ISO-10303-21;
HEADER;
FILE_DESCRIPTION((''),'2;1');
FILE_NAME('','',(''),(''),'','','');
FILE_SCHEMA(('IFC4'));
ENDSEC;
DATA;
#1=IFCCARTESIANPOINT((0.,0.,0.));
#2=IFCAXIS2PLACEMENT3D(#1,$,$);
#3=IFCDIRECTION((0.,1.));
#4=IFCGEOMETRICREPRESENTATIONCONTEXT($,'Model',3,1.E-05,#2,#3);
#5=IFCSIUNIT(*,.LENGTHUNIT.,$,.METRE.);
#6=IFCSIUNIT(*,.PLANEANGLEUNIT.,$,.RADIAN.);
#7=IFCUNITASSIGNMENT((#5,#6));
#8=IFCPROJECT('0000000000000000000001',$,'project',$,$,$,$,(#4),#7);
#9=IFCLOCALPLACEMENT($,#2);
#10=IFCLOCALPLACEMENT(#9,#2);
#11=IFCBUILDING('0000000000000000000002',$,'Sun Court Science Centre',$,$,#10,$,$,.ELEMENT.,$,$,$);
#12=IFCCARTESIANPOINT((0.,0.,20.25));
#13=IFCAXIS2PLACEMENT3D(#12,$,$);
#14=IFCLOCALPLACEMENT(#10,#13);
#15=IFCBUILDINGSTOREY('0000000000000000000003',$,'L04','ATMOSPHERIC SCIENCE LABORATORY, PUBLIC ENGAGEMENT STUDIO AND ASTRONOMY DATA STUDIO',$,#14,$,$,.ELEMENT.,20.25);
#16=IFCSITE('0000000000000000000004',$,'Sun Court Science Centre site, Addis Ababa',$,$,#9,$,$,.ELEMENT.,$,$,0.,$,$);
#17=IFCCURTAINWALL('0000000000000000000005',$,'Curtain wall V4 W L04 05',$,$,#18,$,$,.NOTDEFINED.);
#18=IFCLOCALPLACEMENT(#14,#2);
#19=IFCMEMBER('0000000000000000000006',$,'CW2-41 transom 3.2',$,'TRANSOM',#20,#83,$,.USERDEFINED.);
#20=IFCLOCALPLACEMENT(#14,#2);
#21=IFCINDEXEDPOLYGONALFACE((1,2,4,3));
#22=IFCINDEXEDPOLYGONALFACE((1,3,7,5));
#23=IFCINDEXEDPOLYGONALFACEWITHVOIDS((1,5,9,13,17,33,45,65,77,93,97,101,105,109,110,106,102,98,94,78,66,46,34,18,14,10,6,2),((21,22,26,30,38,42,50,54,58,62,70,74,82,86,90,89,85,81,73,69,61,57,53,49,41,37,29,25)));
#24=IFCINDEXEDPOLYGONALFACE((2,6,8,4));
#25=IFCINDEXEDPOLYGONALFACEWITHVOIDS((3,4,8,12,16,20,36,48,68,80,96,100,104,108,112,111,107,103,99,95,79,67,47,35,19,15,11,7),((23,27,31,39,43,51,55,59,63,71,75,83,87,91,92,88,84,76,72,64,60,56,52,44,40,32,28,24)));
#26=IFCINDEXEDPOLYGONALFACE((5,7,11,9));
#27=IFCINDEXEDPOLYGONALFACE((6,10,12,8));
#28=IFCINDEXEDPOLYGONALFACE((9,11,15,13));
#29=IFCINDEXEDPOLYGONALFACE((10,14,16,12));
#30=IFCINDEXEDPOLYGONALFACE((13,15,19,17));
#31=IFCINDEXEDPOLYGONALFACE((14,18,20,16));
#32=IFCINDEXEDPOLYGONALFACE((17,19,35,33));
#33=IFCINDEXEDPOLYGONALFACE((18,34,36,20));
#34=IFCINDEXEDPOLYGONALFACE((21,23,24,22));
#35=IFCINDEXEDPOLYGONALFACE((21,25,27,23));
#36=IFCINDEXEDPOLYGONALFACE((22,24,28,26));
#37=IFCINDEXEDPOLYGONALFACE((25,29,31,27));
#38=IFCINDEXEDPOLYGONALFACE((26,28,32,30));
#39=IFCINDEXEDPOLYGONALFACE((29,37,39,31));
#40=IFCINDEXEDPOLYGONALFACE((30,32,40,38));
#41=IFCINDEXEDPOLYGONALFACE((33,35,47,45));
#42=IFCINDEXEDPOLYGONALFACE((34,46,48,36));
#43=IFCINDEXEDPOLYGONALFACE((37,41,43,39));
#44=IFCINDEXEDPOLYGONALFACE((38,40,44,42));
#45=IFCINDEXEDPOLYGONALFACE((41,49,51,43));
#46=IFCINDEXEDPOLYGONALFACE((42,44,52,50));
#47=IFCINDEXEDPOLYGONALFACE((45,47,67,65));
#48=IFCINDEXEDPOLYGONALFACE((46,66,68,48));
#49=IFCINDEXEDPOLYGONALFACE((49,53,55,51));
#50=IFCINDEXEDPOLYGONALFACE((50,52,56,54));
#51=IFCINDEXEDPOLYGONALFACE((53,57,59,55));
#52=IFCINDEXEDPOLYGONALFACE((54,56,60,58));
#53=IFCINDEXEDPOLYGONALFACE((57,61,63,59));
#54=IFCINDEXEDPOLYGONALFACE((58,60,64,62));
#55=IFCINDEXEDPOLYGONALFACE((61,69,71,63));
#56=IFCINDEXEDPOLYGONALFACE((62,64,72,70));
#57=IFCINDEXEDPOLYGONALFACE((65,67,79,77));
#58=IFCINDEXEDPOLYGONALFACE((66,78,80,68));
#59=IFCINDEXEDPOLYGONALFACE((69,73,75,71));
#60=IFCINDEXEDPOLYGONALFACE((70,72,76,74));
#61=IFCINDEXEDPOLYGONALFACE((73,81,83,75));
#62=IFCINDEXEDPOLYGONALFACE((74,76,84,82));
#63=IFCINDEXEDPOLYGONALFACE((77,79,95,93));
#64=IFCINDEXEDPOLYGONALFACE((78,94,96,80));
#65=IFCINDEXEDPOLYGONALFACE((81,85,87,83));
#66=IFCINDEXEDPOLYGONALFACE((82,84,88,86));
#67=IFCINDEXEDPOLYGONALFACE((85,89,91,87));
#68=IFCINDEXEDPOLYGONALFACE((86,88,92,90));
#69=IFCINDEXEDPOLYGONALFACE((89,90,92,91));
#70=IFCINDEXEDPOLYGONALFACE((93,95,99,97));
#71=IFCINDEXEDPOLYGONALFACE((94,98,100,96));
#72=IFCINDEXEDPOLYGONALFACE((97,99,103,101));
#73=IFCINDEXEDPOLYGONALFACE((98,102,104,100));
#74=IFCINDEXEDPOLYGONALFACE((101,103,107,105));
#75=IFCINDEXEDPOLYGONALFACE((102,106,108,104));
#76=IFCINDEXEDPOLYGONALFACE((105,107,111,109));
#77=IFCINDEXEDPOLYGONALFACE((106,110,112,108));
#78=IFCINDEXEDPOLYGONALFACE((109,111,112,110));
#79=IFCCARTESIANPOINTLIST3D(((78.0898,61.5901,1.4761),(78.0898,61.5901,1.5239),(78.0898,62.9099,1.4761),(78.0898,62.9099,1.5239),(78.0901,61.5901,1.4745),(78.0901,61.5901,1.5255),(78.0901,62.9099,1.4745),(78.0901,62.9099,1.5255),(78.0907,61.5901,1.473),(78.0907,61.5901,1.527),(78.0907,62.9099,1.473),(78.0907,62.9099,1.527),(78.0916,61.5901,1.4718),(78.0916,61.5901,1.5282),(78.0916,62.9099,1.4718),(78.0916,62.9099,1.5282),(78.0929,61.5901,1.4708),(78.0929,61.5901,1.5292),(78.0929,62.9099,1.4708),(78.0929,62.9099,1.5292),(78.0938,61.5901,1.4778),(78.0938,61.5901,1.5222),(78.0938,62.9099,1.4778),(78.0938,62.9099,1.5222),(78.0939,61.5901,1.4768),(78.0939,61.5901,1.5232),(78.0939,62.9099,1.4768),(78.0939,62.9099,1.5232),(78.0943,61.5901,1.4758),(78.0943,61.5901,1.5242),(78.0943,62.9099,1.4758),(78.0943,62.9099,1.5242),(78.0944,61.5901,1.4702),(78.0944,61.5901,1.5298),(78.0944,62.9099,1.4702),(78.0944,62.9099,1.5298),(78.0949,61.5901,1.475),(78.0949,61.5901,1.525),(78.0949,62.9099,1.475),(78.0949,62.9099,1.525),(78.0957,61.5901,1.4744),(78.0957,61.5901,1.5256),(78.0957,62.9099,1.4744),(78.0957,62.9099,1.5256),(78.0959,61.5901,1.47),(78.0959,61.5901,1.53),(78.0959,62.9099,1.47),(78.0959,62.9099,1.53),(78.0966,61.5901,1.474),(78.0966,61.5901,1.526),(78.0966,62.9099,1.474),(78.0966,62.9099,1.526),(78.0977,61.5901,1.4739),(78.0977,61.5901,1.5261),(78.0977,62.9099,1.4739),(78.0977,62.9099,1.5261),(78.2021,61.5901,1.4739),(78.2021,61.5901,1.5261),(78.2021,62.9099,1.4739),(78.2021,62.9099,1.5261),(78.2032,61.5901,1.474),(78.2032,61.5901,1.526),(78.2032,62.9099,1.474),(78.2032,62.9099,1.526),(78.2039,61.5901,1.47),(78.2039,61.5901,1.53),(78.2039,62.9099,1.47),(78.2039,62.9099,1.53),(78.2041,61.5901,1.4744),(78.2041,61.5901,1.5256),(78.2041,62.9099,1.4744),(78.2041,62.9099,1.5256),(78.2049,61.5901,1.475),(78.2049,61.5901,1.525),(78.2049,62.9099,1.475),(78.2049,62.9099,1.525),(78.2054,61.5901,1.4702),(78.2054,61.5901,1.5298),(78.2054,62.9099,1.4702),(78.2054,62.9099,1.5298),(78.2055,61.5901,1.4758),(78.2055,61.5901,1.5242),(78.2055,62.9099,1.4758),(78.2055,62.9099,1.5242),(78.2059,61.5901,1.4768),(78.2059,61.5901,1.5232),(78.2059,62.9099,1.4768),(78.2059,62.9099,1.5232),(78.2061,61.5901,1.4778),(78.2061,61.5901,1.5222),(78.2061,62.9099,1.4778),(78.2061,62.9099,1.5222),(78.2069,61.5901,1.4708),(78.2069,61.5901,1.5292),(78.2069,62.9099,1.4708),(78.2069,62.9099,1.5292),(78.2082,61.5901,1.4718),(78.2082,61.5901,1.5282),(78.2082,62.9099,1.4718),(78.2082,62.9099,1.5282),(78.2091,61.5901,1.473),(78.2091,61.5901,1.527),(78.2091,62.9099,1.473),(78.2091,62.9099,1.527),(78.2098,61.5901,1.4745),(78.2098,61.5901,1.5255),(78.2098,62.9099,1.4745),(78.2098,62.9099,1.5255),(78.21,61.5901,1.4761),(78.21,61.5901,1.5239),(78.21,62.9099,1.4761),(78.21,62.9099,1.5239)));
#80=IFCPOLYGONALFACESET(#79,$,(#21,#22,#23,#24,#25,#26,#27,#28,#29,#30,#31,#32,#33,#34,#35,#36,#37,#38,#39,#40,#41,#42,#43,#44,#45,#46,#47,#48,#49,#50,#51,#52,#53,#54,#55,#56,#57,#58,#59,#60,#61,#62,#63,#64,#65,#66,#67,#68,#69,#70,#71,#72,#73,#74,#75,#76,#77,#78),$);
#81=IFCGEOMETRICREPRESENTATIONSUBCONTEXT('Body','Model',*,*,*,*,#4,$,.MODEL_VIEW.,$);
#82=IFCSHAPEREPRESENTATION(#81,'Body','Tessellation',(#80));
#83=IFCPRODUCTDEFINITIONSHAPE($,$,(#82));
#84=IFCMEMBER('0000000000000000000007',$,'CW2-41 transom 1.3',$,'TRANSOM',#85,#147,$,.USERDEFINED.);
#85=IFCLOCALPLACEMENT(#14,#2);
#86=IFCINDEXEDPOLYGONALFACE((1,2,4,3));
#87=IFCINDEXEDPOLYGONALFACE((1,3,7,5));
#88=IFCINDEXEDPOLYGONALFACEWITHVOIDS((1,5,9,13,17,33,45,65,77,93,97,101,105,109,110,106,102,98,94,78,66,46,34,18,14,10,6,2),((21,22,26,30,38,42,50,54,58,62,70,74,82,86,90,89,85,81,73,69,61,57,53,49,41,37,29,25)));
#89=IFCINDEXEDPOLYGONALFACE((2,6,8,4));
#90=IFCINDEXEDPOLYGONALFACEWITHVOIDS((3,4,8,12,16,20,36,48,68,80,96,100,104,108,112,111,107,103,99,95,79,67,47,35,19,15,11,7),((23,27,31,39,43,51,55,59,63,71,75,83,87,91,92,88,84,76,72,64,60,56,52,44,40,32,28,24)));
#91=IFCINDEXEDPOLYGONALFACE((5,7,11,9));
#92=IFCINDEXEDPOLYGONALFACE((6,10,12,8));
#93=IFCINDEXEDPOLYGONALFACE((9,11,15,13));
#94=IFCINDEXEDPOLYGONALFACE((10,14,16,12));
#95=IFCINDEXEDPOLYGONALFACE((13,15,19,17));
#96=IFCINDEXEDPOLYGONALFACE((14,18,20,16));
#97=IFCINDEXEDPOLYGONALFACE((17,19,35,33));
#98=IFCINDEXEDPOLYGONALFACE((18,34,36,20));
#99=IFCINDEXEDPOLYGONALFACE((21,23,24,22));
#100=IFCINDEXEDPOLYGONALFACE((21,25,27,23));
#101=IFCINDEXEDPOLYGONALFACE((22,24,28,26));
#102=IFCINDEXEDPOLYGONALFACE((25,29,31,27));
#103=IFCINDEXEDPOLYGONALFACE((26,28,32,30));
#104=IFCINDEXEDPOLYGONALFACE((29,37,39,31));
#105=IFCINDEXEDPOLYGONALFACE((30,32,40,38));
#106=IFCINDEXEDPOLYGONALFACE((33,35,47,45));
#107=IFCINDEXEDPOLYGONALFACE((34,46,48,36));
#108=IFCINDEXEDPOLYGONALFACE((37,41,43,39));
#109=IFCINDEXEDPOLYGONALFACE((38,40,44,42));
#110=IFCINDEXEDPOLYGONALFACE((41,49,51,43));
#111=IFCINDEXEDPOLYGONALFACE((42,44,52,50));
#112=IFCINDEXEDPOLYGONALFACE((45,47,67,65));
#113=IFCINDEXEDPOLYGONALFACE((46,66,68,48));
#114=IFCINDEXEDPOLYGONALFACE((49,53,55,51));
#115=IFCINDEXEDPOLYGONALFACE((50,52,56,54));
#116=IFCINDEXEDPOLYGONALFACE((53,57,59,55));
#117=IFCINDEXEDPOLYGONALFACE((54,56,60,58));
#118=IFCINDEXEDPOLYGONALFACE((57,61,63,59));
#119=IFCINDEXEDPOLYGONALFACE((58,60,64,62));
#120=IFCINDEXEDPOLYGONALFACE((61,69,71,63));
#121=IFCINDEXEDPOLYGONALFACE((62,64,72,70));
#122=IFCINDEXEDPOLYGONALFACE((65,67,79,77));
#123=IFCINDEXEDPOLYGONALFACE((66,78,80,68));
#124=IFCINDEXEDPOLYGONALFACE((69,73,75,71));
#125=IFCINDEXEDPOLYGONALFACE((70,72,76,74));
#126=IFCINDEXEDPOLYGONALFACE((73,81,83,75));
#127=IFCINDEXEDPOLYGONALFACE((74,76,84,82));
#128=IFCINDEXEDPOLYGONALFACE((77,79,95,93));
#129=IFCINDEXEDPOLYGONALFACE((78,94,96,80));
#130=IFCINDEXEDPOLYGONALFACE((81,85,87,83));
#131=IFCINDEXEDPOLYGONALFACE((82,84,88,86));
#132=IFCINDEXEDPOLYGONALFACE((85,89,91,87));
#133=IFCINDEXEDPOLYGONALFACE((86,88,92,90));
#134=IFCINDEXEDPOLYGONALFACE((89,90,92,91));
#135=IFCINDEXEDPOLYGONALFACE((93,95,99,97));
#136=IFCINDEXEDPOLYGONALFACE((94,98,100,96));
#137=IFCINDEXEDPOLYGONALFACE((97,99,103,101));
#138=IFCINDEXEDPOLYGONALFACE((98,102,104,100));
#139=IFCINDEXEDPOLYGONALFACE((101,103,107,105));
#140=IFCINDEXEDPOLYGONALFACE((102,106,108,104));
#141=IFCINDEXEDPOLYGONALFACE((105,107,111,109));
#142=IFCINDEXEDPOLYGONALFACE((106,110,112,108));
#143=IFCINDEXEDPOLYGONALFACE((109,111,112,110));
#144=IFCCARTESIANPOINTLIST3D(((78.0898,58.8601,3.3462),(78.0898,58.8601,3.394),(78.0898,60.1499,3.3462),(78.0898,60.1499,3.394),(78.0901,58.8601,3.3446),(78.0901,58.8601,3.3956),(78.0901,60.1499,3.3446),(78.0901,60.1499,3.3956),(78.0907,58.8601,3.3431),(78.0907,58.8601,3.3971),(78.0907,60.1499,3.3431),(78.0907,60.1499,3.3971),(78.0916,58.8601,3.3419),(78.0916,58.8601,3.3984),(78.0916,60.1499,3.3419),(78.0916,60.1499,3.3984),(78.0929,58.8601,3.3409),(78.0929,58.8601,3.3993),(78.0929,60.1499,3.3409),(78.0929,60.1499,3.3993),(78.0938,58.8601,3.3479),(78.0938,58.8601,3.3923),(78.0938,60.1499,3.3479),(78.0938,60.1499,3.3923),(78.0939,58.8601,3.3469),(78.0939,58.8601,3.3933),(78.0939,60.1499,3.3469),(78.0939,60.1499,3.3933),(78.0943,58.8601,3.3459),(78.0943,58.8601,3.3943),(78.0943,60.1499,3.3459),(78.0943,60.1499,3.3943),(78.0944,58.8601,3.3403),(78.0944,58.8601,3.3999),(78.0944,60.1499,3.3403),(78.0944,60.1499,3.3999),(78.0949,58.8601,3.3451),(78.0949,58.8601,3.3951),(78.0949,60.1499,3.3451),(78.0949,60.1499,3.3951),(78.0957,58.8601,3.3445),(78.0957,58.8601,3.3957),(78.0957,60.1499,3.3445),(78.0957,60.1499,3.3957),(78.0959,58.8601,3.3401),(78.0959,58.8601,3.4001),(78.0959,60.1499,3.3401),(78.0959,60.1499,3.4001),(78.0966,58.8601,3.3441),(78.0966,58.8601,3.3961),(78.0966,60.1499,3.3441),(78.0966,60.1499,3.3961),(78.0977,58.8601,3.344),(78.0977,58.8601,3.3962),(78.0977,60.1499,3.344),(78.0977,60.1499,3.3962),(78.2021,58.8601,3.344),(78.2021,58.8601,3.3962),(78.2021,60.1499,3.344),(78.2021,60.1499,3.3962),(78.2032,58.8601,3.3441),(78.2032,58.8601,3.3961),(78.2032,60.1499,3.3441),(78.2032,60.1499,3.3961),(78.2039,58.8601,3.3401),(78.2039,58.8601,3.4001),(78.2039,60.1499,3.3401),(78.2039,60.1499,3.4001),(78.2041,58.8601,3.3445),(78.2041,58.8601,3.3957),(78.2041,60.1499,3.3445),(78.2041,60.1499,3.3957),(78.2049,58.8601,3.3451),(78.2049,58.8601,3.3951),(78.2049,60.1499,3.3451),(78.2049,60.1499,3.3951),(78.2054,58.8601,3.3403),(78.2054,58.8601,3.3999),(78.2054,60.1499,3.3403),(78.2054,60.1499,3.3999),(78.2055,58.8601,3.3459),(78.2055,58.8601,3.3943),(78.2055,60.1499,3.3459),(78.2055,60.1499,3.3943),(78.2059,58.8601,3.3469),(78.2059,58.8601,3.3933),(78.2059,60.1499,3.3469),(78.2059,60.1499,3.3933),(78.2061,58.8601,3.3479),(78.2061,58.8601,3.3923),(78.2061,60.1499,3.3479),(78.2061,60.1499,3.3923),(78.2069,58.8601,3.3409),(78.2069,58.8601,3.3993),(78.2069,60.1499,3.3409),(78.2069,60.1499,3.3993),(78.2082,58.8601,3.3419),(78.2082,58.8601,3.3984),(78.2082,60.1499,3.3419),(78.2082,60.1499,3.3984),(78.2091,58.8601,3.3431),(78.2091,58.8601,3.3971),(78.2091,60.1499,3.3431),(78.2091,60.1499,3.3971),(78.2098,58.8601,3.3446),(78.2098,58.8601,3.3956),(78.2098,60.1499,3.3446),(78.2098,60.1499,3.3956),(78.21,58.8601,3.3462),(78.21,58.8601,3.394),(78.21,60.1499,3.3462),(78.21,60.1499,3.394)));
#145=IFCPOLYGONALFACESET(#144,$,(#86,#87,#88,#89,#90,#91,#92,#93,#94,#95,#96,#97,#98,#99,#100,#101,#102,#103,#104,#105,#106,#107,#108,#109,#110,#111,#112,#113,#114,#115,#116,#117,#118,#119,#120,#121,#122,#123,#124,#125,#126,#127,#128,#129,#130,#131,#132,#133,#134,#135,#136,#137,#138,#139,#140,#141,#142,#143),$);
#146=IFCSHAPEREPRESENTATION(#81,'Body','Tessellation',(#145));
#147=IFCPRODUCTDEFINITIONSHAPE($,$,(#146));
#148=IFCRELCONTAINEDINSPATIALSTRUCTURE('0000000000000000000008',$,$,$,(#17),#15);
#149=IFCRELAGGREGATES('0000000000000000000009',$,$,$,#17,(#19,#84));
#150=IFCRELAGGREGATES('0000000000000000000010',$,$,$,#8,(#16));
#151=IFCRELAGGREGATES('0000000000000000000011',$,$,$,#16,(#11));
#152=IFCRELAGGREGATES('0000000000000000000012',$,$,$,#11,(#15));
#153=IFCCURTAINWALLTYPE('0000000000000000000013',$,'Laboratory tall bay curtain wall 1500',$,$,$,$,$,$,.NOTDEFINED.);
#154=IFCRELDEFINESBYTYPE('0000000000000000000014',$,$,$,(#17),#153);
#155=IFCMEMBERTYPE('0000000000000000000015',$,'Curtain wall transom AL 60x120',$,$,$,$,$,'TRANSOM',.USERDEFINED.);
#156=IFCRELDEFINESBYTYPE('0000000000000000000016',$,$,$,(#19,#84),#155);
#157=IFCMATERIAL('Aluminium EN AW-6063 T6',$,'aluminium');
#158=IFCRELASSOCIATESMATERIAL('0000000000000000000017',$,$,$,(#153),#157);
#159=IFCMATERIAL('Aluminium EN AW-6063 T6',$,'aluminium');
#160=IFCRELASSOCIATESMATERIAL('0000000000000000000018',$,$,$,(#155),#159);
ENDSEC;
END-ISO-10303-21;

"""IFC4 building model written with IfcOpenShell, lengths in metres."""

from ifc_helpers import new_model, si_unit, direction, frame, origin, origin_2d, place, context, subcontext, project, spatial, hollow_rectangle, extrude, material, material_profile, profile_set, type_object, element, aggregate, save


model = new_model("IFC4")

# Units and contexts
model_context = context("Model", 3, precision=1e-05, world=origin(), true_north=direction((0.0, 1.0)))
body_context = subcontext(model_context, "Body", "Model", "MODEL_VIEW")
ifc_project = project(units=[si_unit("LENGTHUNIT", "METRE"), si_unit("PLANEANGLEUNIT", "RADIAN")], contexts=[model_context])

# Site, building, storey
site_placement = place(None, origin())
site = spatial("IfcSite", under=ifc_project, at=site_placement, Name="Sun Court Science Centre site, Addis Ababa", CompositionType="ELEMENT", RefElevation=0.0)
building_placement = place(site_placement, origin())
building = spatial("IfcBuilding", under=site, at=building_placement, Name="Sun Court Science Centre", CompositionType="ELEMENT")
storey_placement = place(building_placement, frame((0.0, 0.0, 20.25)))
storey = spatial("IfcBuildingStorey", under=building, at=storey_placement, Name="L04", Description="ATMOSPHERIC SCIENCE LABORATORY, PUBLIC ENGAGEMENT STUDIO AND ASTRONOMY DATA STUDIO", CompositionType="ELEMENT", Elevation=20.25)

# Curtain wall
ifc_material_1 = material(Name="Aluminium EN AW-6063 T6", Category="aluminium")
curtain_wall_type = type_object("IfcCurtainWallType", Name="Laboratory tall bay curtain wall 1500", PredefinedType="NOTDEFINED", material=ifc_material_1)
curtain_wall_1_placement = place(storey_placement, origin())
curtain_wall_1 = element("IfcCurtainWall", 1, at=curtain_wall_1_placement, inside=storey, type_object=curtain_wall_type, Name="Curtain wall V4 W L04 05", PredefinedType="NOTDEFINED")

# Members
ifc_material_2 = material(Name="Aluminium EN AW-6063 T6", Category="aluminium")
ifc_material_profile_1 = material_profile(ifc_material_2, hollow_rectangle(XDim=0.0601, YDim=0.1201, WallThickness=0.0039, InnerFilletRadius=0.0039, OuterFilletRadius=0.0061, at=origin_2d()), Name="AL 60x120x4")
ifc_profile_set_1 = profile_set([ifc_material_profile_1], Name="Aluminium EN AW-6063 T6")
member_type_1 = type_object("IfcMemberType", Name="Curtain wall transom AL 60x120", ElementType="TRANSOM", PredefinedType="USERDEFINED", material=ifc_profile_set_1)
member_1_placement = place(storey_placement, frame((78.1499, 61.5901, 1.5), z_axis=(0.0, 1.0, 0.0), x_axis=(0.0, 0.0, 1.0)))
member_1 = element("IfcMember", 2, at=member_1_placement, type_object=member_type_1, Name="CW2-41 transom 3.2", ObjectType="TRANSOM", PredefinedType="USERDEFINED", context=body_context, shape_type="SweptSolid", body=[
    extrude(hollow_rectangle(XDim=0.0601, YDim=0.1201, WallThickness=0.0039, InnerFilletRadius=0.0039, OuterFilletRadius=0.0061, at=origin_2d()), origin(), (0.0, 0.0, 1.0), 1.3198),
])
member_2_placement = place(storey_placement, frame((78.1499, 58.8601, 3.3701), z_axis=(0.0, 1.0, 0.0), x_axis=(0.0, 0.0, 1.0)))
member_2 = element("IfcMember", 3, at=member_2_placement, type_object=member_type_1, Name="CW2-41 transom 1.3", ObjectType="TRANSOM", PredefinedType="USERDEFINED", context=body_context, shape_type="SweptSolid", body=[
    extrude(hollow_rectangle(XDim=0.0601, YDim=0.1201, WallThickness=0.0039, InnerFilletRadius=0.0039, OuterFilletRadius=0.0061, at=origin_2d()), origin(), (0.0, 0.0, 1.0), 1.2898),
])

aggregate(curtain_wall_1, [member_1, member_2])

save(model, "model.ifc")
